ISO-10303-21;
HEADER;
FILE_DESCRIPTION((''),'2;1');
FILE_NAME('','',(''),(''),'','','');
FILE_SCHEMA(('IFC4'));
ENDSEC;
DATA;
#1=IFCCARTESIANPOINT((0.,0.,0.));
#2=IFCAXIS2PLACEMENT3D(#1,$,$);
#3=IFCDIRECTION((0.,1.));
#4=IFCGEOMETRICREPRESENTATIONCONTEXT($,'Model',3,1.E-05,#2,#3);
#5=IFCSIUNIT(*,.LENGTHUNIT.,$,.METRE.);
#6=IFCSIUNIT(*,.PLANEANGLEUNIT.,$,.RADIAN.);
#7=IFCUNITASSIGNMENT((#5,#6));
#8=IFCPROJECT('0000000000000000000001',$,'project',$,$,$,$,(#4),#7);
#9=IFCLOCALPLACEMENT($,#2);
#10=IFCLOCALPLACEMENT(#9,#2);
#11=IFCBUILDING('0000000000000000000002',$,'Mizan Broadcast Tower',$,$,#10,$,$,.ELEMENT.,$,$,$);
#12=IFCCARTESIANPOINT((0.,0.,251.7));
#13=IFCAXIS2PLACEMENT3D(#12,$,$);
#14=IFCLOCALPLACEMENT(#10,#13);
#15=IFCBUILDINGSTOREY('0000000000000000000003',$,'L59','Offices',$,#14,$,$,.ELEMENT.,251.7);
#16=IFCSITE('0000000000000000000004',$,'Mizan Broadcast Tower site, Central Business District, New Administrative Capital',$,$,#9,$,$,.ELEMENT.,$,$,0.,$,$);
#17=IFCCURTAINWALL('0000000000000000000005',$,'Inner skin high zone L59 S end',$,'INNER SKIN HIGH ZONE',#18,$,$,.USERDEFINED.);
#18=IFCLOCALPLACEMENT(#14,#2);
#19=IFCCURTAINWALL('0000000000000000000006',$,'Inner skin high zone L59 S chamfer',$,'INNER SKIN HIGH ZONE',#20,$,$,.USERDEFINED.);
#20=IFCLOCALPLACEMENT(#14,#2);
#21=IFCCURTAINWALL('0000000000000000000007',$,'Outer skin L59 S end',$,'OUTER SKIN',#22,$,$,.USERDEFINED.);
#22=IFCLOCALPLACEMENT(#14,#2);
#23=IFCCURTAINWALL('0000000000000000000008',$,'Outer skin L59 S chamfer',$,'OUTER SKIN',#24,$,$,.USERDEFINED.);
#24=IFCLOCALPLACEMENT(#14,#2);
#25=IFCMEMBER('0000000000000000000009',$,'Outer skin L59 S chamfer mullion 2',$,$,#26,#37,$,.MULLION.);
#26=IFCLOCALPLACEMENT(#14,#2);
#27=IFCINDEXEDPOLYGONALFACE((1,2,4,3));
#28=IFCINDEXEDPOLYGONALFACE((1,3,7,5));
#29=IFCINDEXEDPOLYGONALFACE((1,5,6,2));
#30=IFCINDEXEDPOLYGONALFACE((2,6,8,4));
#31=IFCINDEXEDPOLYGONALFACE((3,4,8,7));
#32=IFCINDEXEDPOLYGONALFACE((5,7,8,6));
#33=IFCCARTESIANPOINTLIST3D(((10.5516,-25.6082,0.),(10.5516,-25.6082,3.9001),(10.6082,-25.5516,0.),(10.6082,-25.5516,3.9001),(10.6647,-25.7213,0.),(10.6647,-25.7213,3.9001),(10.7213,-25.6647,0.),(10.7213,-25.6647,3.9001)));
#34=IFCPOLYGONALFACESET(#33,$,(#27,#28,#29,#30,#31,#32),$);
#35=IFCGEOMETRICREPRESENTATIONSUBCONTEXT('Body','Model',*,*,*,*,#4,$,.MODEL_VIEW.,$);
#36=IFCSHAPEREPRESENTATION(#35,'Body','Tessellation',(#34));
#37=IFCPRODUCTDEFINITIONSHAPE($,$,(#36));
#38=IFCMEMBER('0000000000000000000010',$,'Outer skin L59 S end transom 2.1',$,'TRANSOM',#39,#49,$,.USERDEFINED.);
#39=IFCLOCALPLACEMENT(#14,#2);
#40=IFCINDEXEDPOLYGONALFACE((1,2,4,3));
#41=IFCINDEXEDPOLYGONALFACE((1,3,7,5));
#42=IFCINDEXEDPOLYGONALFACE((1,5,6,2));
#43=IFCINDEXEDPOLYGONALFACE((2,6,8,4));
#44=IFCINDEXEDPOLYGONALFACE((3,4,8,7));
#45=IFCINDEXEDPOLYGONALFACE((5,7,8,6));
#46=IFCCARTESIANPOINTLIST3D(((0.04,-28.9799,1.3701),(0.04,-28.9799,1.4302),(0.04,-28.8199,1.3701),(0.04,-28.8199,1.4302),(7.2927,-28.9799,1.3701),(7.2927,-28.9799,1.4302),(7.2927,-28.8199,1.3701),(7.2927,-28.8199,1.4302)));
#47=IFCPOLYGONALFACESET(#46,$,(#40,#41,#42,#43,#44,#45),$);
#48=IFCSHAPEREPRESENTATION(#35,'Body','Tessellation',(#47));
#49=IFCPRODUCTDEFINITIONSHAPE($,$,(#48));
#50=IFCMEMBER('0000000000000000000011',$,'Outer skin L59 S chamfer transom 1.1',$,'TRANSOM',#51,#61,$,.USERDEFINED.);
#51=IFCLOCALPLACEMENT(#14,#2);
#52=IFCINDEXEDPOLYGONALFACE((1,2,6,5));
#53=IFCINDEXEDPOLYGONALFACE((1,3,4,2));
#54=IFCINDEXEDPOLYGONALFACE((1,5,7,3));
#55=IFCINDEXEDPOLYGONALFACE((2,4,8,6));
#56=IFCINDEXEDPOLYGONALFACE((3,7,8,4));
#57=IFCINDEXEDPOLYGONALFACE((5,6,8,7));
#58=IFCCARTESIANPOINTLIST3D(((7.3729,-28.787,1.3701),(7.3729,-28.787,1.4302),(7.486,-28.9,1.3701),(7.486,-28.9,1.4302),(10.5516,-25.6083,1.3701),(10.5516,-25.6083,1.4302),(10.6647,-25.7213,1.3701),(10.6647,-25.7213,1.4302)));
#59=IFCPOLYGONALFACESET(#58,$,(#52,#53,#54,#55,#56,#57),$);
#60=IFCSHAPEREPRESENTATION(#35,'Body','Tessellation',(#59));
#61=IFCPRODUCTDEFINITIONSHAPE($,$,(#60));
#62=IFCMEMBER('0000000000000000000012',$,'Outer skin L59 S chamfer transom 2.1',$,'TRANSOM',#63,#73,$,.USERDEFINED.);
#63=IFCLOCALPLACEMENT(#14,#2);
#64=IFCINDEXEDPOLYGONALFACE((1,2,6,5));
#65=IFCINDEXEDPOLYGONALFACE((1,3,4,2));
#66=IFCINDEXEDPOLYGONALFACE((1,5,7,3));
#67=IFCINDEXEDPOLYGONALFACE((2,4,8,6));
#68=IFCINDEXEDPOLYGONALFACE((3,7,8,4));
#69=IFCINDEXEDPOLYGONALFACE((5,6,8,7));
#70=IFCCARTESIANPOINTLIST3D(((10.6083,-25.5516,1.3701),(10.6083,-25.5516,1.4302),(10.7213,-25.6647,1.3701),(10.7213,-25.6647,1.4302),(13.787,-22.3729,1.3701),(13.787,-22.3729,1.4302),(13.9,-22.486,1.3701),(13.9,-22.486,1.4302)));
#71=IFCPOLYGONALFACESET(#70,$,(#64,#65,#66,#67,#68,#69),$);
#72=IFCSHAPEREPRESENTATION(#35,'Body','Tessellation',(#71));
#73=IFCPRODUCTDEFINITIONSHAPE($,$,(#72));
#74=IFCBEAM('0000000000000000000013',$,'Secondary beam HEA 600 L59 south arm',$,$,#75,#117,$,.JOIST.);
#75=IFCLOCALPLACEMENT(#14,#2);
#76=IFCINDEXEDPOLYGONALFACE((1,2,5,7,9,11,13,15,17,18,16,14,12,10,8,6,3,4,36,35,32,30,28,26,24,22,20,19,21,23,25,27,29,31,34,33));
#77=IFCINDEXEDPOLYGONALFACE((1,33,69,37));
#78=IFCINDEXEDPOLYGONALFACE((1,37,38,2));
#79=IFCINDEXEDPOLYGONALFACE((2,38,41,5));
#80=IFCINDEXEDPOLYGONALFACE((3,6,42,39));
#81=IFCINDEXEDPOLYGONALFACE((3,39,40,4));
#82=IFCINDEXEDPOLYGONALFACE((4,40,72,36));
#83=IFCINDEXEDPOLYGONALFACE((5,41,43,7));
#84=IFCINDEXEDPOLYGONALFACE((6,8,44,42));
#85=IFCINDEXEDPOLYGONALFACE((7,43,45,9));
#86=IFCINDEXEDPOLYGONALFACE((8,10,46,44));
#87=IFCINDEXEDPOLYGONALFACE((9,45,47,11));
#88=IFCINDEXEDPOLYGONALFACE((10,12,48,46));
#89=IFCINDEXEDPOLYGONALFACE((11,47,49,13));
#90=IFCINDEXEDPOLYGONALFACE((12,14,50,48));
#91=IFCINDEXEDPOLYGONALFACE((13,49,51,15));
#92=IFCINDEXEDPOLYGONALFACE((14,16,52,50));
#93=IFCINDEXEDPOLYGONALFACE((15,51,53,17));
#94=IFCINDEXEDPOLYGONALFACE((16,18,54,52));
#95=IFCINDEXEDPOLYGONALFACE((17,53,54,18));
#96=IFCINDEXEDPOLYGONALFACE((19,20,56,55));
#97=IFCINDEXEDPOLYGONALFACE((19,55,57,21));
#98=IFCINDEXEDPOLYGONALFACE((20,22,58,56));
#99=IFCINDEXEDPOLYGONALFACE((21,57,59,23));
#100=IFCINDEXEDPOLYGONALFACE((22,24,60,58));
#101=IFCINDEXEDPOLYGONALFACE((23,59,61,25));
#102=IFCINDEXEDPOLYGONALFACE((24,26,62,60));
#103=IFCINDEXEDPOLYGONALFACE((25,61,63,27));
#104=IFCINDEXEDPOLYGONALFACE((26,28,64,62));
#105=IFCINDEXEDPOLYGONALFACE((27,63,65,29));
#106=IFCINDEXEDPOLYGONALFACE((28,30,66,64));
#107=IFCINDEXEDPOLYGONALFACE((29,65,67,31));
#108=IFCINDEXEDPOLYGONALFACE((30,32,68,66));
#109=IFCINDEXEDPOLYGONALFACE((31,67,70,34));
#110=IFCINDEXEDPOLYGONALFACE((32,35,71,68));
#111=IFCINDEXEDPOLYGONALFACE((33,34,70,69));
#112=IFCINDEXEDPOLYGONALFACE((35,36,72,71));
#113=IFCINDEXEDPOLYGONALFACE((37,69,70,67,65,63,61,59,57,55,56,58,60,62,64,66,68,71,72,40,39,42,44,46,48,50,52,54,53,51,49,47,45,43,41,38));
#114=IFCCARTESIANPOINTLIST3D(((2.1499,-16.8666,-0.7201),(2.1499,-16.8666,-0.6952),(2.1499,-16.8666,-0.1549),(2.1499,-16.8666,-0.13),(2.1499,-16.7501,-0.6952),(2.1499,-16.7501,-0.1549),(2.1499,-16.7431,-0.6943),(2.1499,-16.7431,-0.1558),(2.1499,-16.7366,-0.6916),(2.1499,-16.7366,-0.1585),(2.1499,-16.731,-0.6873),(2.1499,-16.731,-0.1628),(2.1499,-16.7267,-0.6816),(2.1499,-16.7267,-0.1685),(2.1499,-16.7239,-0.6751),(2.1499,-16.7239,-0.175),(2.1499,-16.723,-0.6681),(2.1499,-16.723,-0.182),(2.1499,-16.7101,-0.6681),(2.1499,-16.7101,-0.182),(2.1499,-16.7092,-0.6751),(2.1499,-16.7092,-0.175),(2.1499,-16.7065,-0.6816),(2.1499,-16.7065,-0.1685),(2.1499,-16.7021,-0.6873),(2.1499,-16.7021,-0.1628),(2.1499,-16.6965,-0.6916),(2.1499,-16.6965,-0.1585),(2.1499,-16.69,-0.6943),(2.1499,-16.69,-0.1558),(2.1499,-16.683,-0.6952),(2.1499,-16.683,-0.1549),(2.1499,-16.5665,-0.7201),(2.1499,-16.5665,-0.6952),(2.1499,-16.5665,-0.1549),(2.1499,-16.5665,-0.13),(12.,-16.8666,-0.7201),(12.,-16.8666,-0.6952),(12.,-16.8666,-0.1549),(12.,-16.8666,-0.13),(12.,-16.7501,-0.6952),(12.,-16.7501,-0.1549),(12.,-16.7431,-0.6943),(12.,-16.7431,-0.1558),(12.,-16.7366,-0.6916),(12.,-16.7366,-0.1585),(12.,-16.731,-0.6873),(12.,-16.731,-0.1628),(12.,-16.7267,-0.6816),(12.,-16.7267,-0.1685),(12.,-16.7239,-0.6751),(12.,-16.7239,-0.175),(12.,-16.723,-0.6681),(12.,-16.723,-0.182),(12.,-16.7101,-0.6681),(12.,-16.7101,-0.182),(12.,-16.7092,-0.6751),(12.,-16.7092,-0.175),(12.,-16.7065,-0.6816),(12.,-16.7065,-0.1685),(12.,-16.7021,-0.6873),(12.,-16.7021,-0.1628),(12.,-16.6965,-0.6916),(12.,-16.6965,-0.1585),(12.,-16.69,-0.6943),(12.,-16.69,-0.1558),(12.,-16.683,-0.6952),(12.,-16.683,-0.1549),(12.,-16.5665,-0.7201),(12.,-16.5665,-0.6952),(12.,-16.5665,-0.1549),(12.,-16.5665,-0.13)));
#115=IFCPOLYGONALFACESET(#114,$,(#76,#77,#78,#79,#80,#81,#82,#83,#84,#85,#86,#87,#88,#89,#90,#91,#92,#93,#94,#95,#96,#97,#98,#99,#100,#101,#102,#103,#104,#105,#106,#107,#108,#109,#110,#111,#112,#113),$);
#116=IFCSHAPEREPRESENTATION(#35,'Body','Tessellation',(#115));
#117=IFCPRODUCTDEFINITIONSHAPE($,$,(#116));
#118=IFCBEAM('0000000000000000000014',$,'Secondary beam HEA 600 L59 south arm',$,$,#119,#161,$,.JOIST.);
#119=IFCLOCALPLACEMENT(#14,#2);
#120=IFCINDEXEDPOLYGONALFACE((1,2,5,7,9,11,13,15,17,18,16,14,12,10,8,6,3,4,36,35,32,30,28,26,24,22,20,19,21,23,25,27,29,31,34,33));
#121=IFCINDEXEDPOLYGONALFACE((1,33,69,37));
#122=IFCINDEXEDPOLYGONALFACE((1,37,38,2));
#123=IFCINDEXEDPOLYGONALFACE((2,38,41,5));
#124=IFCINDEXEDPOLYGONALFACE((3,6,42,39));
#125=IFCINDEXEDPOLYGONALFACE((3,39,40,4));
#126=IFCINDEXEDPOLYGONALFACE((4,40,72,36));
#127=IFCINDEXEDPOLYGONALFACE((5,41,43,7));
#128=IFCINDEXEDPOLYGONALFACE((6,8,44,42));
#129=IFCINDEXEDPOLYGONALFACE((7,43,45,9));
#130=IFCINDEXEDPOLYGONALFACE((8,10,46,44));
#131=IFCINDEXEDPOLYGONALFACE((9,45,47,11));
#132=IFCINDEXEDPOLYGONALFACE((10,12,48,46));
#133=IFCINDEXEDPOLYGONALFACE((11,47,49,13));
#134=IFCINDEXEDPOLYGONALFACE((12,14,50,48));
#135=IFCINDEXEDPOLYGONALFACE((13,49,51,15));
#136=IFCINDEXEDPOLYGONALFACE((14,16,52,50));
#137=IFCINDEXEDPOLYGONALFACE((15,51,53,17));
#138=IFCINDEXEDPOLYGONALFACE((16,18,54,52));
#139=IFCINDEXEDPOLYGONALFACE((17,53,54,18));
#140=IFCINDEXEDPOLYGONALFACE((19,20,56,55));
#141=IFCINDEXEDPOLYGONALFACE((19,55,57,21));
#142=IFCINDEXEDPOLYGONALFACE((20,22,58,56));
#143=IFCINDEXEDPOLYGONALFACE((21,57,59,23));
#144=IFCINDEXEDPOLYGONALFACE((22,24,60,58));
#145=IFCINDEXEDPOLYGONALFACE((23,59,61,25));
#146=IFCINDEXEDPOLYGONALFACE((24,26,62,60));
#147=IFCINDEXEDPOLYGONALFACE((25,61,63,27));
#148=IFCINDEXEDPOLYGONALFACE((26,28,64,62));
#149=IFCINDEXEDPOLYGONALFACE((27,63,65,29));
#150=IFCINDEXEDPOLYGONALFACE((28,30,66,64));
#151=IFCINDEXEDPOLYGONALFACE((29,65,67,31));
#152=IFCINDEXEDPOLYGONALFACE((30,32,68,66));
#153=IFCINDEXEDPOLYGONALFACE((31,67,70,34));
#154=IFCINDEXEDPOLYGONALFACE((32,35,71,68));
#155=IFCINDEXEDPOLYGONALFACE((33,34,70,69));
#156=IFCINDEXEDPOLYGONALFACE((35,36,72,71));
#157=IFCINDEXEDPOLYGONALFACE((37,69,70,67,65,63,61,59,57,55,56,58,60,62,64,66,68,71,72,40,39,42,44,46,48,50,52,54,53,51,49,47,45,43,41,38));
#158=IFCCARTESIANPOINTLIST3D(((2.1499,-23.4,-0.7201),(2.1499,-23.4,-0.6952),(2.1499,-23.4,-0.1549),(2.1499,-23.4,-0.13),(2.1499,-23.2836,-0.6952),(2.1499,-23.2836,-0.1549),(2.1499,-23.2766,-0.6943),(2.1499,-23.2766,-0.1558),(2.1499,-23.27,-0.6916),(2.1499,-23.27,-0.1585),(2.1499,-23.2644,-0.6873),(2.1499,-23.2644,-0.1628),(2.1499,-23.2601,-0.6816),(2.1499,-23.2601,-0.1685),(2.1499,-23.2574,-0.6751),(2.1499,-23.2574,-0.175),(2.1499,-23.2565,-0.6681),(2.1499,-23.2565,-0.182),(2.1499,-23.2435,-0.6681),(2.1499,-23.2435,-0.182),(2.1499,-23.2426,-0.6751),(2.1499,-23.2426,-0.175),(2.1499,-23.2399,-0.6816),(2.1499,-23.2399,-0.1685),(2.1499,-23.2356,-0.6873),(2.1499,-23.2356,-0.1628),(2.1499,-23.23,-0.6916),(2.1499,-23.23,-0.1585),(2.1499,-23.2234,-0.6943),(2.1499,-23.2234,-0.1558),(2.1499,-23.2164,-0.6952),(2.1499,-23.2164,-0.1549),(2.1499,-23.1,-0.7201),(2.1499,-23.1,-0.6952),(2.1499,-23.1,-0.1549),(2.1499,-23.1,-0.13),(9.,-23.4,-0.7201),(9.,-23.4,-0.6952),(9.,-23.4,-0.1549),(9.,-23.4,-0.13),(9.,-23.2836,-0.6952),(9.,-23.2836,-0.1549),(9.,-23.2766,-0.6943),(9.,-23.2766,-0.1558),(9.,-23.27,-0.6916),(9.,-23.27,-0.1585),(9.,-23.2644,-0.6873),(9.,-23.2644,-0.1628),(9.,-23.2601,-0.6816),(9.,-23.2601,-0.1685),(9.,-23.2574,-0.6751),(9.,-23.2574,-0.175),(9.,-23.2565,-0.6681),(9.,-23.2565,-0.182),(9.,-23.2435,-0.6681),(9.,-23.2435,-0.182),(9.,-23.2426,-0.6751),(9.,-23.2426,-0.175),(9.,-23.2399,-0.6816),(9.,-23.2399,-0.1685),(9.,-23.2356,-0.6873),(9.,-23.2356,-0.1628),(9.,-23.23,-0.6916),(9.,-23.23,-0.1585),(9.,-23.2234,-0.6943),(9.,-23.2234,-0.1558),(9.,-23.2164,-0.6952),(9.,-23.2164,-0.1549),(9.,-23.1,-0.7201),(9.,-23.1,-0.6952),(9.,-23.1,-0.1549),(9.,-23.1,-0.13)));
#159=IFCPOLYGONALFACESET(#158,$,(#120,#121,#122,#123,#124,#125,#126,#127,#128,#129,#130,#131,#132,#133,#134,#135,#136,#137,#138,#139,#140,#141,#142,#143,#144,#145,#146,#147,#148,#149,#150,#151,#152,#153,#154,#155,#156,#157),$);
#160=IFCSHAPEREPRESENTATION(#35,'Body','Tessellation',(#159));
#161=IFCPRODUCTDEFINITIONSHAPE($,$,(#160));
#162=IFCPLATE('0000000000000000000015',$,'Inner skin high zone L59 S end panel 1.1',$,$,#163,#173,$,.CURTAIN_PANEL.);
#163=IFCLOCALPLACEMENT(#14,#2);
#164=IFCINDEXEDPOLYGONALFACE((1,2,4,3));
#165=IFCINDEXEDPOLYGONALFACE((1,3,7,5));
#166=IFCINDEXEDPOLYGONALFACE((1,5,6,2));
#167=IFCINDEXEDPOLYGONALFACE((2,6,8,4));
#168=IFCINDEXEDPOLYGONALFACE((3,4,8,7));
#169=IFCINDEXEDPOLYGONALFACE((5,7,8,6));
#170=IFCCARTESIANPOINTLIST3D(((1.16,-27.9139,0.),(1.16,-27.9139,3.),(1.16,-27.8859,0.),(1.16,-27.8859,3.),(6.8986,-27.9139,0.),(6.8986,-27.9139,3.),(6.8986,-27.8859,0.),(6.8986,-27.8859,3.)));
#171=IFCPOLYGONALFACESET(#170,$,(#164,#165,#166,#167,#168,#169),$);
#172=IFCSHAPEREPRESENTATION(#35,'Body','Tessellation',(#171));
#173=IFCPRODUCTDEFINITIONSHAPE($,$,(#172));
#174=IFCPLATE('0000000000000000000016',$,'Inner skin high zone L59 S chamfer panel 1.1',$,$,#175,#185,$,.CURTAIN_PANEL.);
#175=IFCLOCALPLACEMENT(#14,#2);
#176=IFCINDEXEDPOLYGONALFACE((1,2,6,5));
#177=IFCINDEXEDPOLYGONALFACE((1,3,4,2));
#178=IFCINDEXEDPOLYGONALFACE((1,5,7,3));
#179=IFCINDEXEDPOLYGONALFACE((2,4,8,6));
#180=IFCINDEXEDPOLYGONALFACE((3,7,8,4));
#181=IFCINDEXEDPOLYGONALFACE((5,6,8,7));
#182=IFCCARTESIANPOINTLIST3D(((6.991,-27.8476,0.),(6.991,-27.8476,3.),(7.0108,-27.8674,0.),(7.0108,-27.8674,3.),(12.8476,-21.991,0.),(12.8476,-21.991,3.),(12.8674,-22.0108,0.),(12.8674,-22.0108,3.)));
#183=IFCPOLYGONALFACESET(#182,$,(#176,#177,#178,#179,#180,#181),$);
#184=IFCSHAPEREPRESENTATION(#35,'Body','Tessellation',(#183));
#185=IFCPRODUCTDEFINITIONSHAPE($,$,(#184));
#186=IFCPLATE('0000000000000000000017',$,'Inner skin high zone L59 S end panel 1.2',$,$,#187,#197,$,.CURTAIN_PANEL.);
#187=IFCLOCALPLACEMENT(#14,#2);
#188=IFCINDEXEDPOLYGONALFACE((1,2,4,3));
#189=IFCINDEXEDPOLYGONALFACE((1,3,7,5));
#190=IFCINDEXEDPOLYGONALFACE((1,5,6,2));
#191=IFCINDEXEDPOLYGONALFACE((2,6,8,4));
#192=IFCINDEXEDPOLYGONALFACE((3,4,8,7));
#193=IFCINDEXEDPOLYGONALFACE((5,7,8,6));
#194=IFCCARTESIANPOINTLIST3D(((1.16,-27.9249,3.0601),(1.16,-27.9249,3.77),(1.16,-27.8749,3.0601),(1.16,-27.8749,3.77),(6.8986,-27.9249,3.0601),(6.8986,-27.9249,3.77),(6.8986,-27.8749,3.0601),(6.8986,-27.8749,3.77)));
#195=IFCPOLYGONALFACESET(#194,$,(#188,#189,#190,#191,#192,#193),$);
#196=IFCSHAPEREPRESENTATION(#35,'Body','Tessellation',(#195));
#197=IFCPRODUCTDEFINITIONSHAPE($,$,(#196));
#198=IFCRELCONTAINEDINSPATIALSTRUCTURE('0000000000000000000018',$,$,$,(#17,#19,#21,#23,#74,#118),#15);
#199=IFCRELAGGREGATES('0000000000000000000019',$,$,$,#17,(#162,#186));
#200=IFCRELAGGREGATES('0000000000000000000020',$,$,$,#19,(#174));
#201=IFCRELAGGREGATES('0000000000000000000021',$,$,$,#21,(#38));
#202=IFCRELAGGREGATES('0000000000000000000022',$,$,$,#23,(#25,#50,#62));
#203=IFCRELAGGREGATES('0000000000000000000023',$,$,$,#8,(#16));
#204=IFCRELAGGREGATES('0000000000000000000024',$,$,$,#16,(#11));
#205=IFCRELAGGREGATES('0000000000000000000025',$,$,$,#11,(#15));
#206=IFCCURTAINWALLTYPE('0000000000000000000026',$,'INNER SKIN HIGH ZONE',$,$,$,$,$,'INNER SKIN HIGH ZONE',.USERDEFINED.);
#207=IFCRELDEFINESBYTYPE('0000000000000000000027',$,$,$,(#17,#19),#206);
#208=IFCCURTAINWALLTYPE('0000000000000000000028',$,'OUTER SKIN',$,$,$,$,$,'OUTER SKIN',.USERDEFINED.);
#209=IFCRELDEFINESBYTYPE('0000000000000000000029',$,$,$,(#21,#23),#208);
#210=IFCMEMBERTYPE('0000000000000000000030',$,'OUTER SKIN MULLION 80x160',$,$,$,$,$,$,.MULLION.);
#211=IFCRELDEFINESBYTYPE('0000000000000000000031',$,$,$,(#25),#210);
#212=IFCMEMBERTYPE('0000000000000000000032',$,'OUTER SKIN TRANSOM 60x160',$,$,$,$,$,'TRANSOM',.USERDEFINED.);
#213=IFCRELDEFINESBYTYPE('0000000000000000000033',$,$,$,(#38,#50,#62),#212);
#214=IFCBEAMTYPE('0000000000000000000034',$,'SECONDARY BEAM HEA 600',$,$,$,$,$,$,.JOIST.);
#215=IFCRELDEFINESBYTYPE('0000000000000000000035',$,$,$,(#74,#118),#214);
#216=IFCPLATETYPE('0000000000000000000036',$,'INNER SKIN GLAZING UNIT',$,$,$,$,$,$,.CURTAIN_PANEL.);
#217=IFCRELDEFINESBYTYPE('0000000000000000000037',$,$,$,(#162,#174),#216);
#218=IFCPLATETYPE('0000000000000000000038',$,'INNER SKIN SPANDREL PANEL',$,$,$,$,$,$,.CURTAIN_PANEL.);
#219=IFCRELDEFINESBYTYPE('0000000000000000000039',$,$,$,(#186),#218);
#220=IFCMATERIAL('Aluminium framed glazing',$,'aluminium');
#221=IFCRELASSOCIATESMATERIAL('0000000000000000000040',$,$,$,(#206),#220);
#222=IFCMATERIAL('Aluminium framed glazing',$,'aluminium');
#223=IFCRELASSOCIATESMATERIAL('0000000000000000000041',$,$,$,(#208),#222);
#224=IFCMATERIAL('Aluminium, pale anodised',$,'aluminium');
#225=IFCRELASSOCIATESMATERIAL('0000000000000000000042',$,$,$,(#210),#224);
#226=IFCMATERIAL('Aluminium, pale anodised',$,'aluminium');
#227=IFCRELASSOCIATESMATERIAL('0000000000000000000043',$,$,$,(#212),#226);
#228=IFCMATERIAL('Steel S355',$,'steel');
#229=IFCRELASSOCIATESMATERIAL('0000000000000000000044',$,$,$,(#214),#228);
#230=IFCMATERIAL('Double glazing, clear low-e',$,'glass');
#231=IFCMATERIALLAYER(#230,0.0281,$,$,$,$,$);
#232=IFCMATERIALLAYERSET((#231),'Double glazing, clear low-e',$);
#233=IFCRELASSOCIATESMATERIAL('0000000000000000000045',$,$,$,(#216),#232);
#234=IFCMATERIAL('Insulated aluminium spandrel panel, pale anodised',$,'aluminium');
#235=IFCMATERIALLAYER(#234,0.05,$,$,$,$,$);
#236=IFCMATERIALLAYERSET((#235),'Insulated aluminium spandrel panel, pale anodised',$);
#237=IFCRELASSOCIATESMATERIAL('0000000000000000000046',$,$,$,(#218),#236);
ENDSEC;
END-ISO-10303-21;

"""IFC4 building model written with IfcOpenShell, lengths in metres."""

from ifc_helpers import new_model, si_unit, direction, frame, origin, origin_2d, place, context, subcontext, project, spatial, rectangle, i_section, extrude, material, layer, layer_set, material_profile, profile_set, type_object, element, aggregate, save


model = new_model("IFC4")

# Units and contexts
model_context = context("Model", 3, precision=1e-05, world=origin(), true_north=direction((0.0, 1.0)))
body_context = subcontext(model_context, "Body", "Model", "MODEL_VIEW")
ifc_project = project(units=[si_unit("LENGTHUNIT", "METRE"), si_unit("PLANEANGLEUNIT", "RADIAN")], contexts=[model_context])

# Site, building, storey
site_placement = place(None, origin())
site = spatial("IfcSite", under=ifc_project, at=site_placement, Name="Mizan Broadcast Tower site, Central Business District, New Administrative Capital", CompositionType="ELEMENT", RefElevation=0.0)
building_placement = place(site_placement, origin())
building = spatial("IfcBuilding", under=site, at=building_placement, Name="Mizan Broadcast Tower", CompositionType="ELEMENT")
storey_placement = place(building_placement, frame((0.0, 0.0, 251.7)))
storey = spatial("IfcBuildingStorey", under=building, at=storey_placement, Name="L59", Description="Offices", CompositionType="ELEMENT", Elevation=251.7)

# Curtain wall
ifc_material_1 = material(Name="Aluminium framed glazing", Category="aluminium")
curtain_wall_type_1 = type_object("IfcCurtainWallType", Name="INNER SKIN HIGH ZONE", ElementType="INNER SKIN HIGH ZONE", PredefinedType="USERDEFINED", material=ifc_material_1)
curtain_wall_1_placement = place(storey_placement, origin())
curtain_wall_1 = element("IfcCurtainWall", 1, at=curtain_wall_1_placement, inside=storey, type_object=curtain_wall_type_1, Name="Inner skin high zone L59 S end", ObjectType="INNER SKIN HIGH ZONE", PredefinedType="USERDEFINED")

# Curtain wall
curtain_wall_2_placement = place(storey_placement, origin())
curtain_wall_2 = element("IfcCurtainWall", 2, at=curtain_wall_2_placement, inside=storey, type_object=curtain_wall_type_1, Name="Inner skin high zone L59 S chamfer", ObjectType="INNER SKIN HIGH ZONE", PredefinedType="USERDEFINED")

# Curtain wall
ifc_material_2 = material(Name="Aluminium framed glazing", Category="aluminium")
curtain_wall_type_2 = type_object("IfcCurtainWallType", Name="OUTER SKIN", ElementType="OUTER SKIN", PredefinedType="USERDEFINED", material=ifc_material_2)
curtain_wall_3_placement = place(storey_placement, origin())
curtain_wall_3 = element("IfcCurtainWall", 3, at=curtain_wall_3_placement, inside=storey, type_object=curtain_wall_type_2, Name="Outer skin L59 S end", ObjectType="OUTER SKIN", PredefinedType="USERDEFINED")
ifc_material_3 = material(Name="Aluminium, pale anodised", Category="aluminium")
ifc_material_profile_1 = material_profile(ifc_material_3, rectangle(XDim=0.1599, YDim=0.0801, at=origin_2d()), Name="MULLION 160x80")
ifc_profile_set_1 = profile_set([ifc_material_profile_1], Name="Aluminium, pale anodised")
member_type_1 = type_object("IfcMemberType", Name="OUTER SKIN MULLION 80x160", PredefinedType="MULLION", material=ifc_profile_set_1)

# Curtain wall, member
curtain_wall_4_placement = place(storey_placement, origin())
curtain_wall_4 = element("IfcCurtainWall", 4, at=curtain_wall_4_placement, inside=storey, type_object=curtain_wall_type_2, Name="Outer skin L59 S chamfer", ObjectType="OUTER SKIN", PredefinedType="USERDEFINED")
member_1_placement = place(storey_placement, frame((10.6365, -25.6365, 0.0), z_axis=(0.0, 0.0, 1.0), x_axis=(-0.707107, 0.707107, 0.0)))
member_1 = element("IfcMember", 5, at=member_1_placement, type_object=member_type_1, Name="Outer skin L59 S chamfer mullion 2", PredefinedType="MULLION", context=body_context, shape_type="SweptSolid", body=[
    extrude(rectangle(XDim=0.1599, YDim=0.0801, at=origin_2d()), origin(), (0.0, 0.0, 1.0), 3.9001),
])

# Members
ifc_material_4 = material(Name="Aluminium, pale anodised", Category="aluminium")
ifc_material_profile_2 = material_profile(ifc_material_4, rectangle(XDim=0.1599, YDim=0.0601, at=origin_2d()), Name="TRANSOM 160x60")
ifc_profile_set_2 = profile_set([ifc_material_profile_2], Name="Aluminium, pale anodised")
member_type_2 = type_object("IfcMemberType", Name="OUTER SKIN TRANSOM 60x160", ElementType="TRANSOM", PredefinedType="USERDEFINED", material=ifc_profile_set_2)
member_2_placement = place(storey_placement, frame((0.04, -28.8999, 1.4001), z_axis=(1.0, 0.0, 0.0), x_axis=(0.0, 1.0, 0.0)))
member_2 = element("IfcMember", 6, at=member_2_placement, type_object=member_type_2, Name="Outer skin L59 S end transom 2.1", ObjectType="TRANSOM", PredefinedType="USERDEFINED", context=body_context, shape_type="SweptSolid", body=[
    extrude(rectangle(XDim=0.1599, YDim=0.0601, at=origin_2d()), origin(), (0.0, 0.0, 1.0), 7.2527),
])
member_3_placement = place(storey_placement, frame((7.4294, -28.8435, 1.4001), z_axis=(0.707107, 0.707107, 0.0), x_axis=(-0.707107, 0.707107, 0.0)))
member_3 = element("IfcMember", 7, at=member_3_placement, type_object=member_type_2, Name="Outer skin L59 S chamfer transom 1.1", ObjectType="TRANSOM", PredefinedType="USERDEFINED", context=body_context, shape_type="SweptSolid", body=[
    extrude(rectangle(XDim=0.1599, YDim=0.0601, at=origin_2d()), origin(), (0.0, 0.0, 1.0), 4.4954),
])
member_4_placement = place(storey_placement, frame((10.6648, -25.6082, 1.4001), z_axis=(0.707107, 0.707107, 0.0), x_axis=(-0.707107, 0.707107, 0.0)))
member_4 = element("IfcMember", 8, at=member_4_placement, type_object=member_type_2, Name="Outer skin L59 S chamfer transom 2.1", ObjectType="TRANSOM", PredefinedType="USERDEFINED", context=body_context, shape_type="SweptSolid", body=[
    extrude(rectangle(XDim=0.1599, YDim=0.0601, at=origin_2d()), origin(), (0.0, 0.0, 1.0), 4.4954),
])

# Beams
ifc_material_5 = material(Name="Steel S355", Category="steel")
ifc_material_profile_3 = material_profile(ifc_material_5, i_section(OverallWidth=0.3, OverallDepth=0.5901, WebThickness=0.0129, FlangeThickness=0.0249, FilletRadius=0.0271, at=origin_2d()), Name="HEA 600")
ifc_profile_set_3 = profile_set([ifc_material_profile_3], Name="Steel S355")
beam_type_1 = type_object("IfcBeamType", Name="SECONDARY BEAM HEA 600", PredefinedType="JOIST", material=ifc_profile_set_3)
beam_1_placement = place(storey_placement, frame((12.0, -16.7166, -0.425), z_axis=(-1.0, 0.0, 0.0), x_axis=(0.0, -1.0, 0.0)))
element("IfcBeam", 9, at=beam_1_placement, inside=storey, type_object=beam_type_1, Name="Secondary beam HEA 600 L59 south arm", PredefinedType="JOIST", context=body_context, shape_type="SweptSolid", body=[
    extrude(i_section(OverallWidth=0.3, OverallDepth=0.5901, WebThickness=0.0129, FlangeThickness=0.0249, FilletRadius=0.0271, at=origin_2d()), origin(), (0.0, 0.0, 1.0), 9.8501),
])
beam_2_placement = place(storey_placement, frame((9.0, -23.25, -0.425), z_axis=(-1.0, 0.0, 0.0), x_axis=(0.0, -1.0, 0.0)))
element("IfcBeam", 10, at=beam_2_placement, inside=storey, type_object=beam_type_1, Name="Secondary beam HEA 600 L59 south arm", PredefinedType="JOIST", context=body_context, shape_type="SweptSolid", body=[
    extrude(i_section(OverallWidth=0.3, OverallDepth=0.5901, WebThickness=0.0129, FlangeThickness=0.0249, FilletRadius=0.0271, at=origin_2d()), origin(), (0.0, 0.0, 1.0), 6.8501),
])

# Plates
ifc_material_6 = material(Name="Double glazing, clear low-e", Category="glass")
ifc_layer_1 = layer(ifc_material_6, 0.0281)
ifc_layer_set_1 = layer_set([ifc_layer_1], Name="Double glazing, clear low-e")
plate_type_1 = type_object("IfcPlateType", Name="INNER SKIN GLAZING UNIT", PredefinedType="CURTAIN_PANEL", material=ifc_layer_set_1)
plate_1_placement = place(storey_placement, frame((4.0293, -27.8999, 0.0), z_axis=(0.0, 0.0, 1.0), x_axis=(1.0, 0.0, 0.0)))
plate_1 = element("IfcPlate", 11, at=plate_1_placement, type_object=plate_type_1, Name="Inner skin high zone L59 S end panel 1.1", PredefinedType="CURTAIN_PANEL", context=body_context, shape_type="SweptSolid", body=[
    extrude(rectangle(XDim=5.7385, YDim=0.0281, at=origin_2d()), origin(), (0.0, 0.0, 1.0), 3.0),
])
plate_2_placement = place(storey_placement, frame((9.9292, -24.9292, 0.0), z_axis=(0.0, 0.0, 1.0), x_axis=(0.707107, 0.707107, 0.0)))
plate_2 = element("IfcPlate", 12, at=plate_2_placement, type_object=plate_type_1, Name="Inner skin high zone L59 S chamfer panel 1.1", PredefinedType="CURTAIN_PANEL", context=body_context, shape_type="SweptSolid", body=[
    extrude(rectangle(XDim=8.2825, YDim=0.0281, at=origin_2d()), origin(), (0.0, 0.0, 1.0), 3.0),
])
ifc_material_7 = material(Name="Insulated aluminium spandrel panel, pale anodised", Category="aluminium")
ifc_layer_2 = layer(ifc_material_7, 0.05)
ifc_layer_set_2 = layer_set([ifc_layer_2], Name="Insulated aluminium spandrel panel, pale anodised")
plate_type_2 = type_object("IfcPlateType", Name="INNER SKIN SPANDREL PANEL", PredefinedType="CURTAIN_PANEL", material=ifc_layer_set_2)
plate_3_placement = place(storey_placement, frame((4.0293, -27.8999, 3.0601), z_axis=(0.0, 0.0, 1.0), x_axis=(1.0, 0.0, 0.0)))
plate_3 = element("IfcPlate", 13, at=plate_3_placement, type_object=plate_type_2, Name="Inner skin high zone L59 S end panel 1.2", PredefinedType="CURTAIN_PANEL", context=body_context, shape_type="SweptSolid", body=[
    extrude(rectangle(XDim=5.7385, YDim=0.05, at=origin_2d()), origin(), (0.0, 0.0, 1.0), 0.71),
])
aggregate(curtain_wall_1, [plate_1, plate_3])
aggregate(curtain_wall_2, [plate_2])
aggregate(curtain_wall_3, [member_2])
aggregate(curtain_wall_4, [member_1, member_3, member_4])

save(model, "model.ifc")
